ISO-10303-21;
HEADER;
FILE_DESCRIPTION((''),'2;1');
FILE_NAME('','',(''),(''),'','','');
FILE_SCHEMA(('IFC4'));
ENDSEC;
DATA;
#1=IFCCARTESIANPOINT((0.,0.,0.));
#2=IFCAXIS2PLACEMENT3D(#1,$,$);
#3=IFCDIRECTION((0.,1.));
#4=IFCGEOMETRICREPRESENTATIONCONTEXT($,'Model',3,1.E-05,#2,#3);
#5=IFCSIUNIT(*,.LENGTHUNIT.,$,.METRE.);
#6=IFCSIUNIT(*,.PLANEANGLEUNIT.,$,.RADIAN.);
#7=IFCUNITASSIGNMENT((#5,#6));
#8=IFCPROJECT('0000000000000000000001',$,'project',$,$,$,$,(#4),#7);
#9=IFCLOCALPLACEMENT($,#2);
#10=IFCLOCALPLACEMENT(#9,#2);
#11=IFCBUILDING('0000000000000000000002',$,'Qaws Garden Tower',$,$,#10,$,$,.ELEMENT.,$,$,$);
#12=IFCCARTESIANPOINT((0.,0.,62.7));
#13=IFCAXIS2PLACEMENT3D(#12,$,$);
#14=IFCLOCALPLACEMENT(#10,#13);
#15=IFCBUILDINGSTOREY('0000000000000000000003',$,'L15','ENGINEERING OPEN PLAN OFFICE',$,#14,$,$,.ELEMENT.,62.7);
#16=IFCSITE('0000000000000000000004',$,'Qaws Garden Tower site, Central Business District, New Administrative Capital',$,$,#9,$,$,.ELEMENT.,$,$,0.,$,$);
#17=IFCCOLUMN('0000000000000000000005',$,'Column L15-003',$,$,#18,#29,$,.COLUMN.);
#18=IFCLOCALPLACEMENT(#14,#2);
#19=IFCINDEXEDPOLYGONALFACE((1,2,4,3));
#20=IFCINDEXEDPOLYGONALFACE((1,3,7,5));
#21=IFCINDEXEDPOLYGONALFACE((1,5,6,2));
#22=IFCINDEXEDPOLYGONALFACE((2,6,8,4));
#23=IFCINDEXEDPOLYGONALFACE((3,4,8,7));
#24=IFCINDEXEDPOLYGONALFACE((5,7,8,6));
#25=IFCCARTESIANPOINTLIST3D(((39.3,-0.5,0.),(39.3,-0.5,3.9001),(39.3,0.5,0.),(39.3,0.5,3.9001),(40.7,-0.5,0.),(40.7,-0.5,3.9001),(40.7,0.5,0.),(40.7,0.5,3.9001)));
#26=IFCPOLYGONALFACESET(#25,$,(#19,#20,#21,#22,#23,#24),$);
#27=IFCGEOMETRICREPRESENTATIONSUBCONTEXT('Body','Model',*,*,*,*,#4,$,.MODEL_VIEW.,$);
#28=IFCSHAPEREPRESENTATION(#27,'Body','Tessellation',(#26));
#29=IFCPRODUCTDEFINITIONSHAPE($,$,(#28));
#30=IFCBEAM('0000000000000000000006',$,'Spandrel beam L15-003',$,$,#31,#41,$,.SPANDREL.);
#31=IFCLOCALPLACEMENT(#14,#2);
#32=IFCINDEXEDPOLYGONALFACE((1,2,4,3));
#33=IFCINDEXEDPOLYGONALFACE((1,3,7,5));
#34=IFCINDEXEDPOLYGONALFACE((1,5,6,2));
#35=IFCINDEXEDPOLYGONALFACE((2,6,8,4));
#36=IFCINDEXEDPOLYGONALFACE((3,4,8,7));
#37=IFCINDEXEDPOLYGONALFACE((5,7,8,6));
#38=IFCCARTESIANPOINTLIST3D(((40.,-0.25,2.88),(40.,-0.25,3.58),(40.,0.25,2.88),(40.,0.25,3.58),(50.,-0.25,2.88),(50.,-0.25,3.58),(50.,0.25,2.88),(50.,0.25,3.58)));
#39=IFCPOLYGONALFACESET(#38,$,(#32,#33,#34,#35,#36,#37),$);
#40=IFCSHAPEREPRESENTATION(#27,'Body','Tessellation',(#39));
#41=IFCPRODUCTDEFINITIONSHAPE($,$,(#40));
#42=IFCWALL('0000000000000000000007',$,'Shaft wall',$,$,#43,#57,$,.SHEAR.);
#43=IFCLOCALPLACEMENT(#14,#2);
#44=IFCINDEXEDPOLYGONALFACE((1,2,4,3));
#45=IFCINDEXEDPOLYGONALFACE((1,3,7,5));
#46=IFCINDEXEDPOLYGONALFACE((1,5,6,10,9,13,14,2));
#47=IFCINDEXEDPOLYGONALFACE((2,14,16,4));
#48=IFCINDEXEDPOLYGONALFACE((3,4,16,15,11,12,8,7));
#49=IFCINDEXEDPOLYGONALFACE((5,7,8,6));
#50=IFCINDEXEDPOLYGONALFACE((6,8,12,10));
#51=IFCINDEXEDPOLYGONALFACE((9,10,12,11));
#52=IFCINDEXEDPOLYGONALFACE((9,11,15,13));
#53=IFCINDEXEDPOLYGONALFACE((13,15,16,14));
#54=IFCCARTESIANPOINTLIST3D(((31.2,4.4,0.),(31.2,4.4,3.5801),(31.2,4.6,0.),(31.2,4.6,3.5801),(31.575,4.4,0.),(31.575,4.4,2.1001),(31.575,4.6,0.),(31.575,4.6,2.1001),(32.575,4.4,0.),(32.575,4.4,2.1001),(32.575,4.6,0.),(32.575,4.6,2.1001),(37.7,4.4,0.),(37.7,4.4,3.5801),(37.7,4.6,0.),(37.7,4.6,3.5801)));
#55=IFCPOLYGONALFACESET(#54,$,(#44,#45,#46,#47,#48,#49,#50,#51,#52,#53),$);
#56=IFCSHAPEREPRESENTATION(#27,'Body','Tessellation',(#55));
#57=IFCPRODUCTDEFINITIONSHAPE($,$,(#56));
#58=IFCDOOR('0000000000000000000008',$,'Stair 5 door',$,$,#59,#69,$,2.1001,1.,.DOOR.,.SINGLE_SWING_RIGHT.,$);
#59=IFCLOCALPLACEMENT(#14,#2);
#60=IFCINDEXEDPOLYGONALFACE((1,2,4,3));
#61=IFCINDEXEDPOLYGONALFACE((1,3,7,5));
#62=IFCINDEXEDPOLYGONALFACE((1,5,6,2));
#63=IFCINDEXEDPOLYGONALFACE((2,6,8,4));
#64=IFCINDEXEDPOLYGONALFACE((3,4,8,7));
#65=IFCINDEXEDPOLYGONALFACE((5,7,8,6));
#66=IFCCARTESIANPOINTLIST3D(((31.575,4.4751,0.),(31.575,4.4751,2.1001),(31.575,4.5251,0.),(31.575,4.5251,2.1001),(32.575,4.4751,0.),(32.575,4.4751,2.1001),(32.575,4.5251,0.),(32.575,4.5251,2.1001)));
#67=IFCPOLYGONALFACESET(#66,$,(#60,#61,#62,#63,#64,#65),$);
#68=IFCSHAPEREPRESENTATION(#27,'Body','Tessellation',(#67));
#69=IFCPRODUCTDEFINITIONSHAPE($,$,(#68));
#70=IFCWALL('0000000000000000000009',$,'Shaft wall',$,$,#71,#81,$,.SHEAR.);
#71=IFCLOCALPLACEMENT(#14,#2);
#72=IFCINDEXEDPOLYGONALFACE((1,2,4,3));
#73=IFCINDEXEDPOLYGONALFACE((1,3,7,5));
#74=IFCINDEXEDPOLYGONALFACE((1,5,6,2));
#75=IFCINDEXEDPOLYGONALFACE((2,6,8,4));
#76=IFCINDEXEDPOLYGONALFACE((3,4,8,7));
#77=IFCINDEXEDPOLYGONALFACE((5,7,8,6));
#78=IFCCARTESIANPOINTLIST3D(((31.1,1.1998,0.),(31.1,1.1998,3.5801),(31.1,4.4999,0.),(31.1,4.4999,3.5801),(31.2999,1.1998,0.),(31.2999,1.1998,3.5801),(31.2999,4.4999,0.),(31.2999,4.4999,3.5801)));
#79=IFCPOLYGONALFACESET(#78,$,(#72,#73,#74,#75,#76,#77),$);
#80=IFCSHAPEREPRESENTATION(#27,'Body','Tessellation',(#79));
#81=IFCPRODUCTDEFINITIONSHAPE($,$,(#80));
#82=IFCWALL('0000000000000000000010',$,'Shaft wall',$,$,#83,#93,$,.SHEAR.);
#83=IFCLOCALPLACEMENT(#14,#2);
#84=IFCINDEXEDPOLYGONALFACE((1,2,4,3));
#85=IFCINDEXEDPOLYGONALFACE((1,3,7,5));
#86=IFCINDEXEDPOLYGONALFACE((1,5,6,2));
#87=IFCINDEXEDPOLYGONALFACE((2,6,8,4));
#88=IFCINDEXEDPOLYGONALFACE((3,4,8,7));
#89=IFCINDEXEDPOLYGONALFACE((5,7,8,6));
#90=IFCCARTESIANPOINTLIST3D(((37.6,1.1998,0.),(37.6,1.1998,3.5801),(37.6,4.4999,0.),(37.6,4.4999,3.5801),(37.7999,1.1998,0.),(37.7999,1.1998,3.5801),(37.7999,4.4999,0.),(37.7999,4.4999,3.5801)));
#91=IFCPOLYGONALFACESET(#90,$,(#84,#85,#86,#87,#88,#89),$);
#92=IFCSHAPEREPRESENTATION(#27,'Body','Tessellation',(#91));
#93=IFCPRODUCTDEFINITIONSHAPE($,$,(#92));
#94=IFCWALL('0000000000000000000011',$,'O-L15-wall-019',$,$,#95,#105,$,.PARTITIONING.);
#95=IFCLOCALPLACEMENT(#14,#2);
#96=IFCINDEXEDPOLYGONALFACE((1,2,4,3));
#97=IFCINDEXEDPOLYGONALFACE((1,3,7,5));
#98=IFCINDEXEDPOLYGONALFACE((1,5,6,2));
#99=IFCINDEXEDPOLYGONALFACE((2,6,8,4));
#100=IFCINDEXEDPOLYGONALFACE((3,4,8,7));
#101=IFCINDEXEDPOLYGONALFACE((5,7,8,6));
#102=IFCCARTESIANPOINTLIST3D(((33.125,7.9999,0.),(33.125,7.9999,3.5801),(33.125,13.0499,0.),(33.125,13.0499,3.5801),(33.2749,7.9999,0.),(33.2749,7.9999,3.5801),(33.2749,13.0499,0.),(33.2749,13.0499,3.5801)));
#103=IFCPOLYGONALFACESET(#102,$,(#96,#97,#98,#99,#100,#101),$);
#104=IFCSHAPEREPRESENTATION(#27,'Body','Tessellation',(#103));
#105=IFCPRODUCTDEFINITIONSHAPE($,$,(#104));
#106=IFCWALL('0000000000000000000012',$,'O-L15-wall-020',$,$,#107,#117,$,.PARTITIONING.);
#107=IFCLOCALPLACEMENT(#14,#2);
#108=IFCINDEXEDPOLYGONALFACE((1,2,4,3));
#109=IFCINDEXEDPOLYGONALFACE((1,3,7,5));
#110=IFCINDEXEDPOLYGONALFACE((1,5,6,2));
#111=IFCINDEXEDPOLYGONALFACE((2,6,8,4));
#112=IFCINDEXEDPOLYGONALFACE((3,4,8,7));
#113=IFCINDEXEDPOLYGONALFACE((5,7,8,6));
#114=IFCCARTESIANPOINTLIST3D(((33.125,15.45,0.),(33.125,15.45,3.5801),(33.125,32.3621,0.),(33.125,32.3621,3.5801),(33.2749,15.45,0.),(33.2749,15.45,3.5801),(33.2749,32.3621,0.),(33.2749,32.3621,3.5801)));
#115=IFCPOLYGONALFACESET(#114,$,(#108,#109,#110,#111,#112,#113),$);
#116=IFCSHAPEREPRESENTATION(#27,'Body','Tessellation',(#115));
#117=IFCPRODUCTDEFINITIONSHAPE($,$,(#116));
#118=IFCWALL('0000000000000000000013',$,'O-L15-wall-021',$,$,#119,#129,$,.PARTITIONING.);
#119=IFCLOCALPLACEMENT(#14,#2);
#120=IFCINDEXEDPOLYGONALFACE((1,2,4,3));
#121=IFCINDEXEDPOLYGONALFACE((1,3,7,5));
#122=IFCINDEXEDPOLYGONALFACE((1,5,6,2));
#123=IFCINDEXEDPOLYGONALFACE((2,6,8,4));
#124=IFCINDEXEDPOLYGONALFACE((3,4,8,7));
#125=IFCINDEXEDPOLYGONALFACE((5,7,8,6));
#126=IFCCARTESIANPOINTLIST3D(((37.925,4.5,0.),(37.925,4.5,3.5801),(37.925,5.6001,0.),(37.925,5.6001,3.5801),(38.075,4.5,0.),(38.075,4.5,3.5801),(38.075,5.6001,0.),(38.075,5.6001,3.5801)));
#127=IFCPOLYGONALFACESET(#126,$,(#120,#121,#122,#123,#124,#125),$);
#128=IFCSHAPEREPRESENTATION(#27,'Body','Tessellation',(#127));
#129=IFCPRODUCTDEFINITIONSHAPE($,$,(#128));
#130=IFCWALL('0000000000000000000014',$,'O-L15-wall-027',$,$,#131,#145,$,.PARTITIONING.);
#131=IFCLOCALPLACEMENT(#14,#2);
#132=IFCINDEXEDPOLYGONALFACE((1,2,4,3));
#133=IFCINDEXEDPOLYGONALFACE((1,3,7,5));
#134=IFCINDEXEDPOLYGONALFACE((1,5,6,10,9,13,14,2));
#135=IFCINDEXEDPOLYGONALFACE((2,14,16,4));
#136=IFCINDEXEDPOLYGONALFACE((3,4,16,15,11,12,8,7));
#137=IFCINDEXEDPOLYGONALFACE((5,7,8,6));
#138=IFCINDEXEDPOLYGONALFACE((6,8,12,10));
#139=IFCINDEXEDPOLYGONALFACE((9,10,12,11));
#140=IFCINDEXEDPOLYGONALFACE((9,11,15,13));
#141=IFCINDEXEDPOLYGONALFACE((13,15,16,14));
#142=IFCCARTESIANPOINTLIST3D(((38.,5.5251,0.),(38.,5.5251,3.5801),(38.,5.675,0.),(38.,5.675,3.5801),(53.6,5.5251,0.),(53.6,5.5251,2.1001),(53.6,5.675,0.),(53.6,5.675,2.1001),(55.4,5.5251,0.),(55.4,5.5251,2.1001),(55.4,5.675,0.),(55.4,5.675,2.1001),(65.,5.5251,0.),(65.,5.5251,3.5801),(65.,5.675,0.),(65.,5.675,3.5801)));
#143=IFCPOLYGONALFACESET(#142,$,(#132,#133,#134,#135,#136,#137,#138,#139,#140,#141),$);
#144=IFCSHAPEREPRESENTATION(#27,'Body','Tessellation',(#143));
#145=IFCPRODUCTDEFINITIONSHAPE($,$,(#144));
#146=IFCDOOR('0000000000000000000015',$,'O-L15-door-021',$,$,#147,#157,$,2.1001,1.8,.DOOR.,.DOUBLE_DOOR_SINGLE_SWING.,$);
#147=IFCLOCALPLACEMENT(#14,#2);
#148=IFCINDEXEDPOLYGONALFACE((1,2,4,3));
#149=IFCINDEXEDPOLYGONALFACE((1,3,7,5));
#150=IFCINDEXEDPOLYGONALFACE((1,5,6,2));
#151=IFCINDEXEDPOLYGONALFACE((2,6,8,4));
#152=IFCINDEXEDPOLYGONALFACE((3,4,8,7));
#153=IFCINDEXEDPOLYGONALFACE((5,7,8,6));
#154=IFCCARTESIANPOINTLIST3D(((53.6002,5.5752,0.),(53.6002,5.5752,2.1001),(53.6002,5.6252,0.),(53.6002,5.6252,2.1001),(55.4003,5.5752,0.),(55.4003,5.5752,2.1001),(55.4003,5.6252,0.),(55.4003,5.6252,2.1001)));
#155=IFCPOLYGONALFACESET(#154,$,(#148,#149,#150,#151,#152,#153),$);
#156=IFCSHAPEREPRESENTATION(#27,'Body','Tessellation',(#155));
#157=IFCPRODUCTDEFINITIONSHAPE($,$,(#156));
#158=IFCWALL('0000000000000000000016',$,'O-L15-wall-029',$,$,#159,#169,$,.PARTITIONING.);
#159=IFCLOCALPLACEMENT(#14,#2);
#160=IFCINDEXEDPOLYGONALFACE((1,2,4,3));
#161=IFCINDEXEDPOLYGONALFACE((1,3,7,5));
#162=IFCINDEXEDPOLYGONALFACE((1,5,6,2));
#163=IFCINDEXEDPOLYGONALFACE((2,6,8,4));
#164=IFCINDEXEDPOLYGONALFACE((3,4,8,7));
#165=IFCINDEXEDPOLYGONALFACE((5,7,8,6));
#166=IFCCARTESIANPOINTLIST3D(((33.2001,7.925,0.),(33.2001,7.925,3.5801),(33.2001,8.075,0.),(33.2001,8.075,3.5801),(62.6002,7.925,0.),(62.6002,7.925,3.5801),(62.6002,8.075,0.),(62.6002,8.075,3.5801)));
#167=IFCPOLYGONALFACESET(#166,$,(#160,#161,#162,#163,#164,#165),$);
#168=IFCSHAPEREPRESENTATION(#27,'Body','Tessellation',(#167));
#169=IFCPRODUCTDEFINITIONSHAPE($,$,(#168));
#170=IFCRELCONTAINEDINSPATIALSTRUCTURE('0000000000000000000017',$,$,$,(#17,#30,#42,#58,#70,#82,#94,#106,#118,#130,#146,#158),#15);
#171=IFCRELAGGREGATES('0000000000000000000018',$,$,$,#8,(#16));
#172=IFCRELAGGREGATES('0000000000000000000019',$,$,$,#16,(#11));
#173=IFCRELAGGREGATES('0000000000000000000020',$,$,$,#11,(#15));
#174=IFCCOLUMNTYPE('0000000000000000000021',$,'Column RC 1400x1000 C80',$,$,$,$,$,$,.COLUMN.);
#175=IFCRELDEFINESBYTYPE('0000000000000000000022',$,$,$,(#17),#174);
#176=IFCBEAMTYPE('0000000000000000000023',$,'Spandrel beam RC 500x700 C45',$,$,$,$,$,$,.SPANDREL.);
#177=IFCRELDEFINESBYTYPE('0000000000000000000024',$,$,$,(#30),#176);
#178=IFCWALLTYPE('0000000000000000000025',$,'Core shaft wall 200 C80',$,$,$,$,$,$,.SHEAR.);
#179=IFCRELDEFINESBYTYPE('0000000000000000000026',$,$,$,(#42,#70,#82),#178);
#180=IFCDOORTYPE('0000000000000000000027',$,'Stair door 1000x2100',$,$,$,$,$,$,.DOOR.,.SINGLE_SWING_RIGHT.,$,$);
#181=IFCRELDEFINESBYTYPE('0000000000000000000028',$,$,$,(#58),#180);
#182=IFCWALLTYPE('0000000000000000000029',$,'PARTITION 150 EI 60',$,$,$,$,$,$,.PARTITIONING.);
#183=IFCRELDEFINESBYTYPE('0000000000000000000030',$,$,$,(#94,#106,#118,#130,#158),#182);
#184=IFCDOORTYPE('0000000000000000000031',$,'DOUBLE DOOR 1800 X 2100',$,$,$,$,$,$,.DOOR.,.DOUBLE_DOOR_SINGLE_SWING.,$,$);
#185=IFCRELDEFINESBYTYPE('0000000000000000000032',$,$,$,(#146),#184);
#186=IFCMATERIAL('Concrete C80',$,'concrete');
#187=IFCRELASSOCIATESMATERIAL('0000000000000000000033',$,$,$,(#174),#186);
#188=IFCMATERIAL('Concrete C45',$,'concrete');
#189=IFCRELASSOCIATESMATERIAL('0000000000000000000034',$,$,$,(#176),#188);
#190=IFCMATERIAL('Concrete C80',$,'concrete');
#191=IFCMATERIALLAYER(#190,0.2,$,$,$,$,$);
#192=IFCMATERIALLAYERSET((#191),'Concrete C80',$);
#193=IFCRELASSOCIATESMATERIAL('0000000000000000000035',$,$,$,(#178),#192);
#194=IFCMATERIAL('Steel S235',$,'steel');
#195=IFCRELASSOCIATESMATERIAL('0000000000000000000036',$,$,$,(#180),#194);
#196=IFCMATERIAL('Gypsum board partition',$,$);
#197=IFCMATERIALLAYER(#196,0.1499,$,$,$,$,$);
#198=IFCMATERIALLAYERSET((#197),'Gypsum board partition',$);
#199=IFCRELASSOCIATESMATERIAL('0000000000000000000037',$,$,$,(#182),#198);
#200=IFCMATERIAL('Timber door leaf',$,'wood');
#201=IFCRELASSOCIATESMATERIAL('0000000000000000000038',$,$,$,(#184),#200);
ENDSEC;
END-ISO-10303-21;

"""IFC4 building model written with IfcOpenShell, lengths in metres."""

from ifc_helpers import new_model, si_unit, direction, frame, frame_2d, origin, origin_2d, place, context, subcontext, project, spatial, rectangle, extrude, material, layer, layer_set, material_profile, profile_set, type_object, element, fill, save


model = new_model("IFC4")

# Units and contexts
model_context = context("Model", 3, precision=1e-05, world=origin(), true_north=direction((0.0, 1.0)))
body_context = subcontext(model_context, "Body", "Model", "MODEL_VIEW")
ifc_project = project(units=[si_unit("LENGTHUNIT", "METRE"), si_unit("PLANEANGLEUNIT", "RADIAN")], contexts=[model_context])

# Site, building, storey
site_placement = place(None, origin())
site = spatial("IfcSite", under=ifc_project, at=site_placement, Name="Qaws Garden Tower site, Central Business District, New Administrative Capital", CompositionType="ELEMENT", RefElevation=0.0)
building_placement = place(site_placement, origin())
building = spatial("IfcBuilding", under=site, at=building_placement, Name="Qaws Garden Tower", CompositionType="ELEMENT")
storey_placement = place(building_placement, frame((0.0, 0.0, 62.7)))
storey = spatial("IfcBuildingStorey", under=building, at=storey_placement, Name="L15", Description="ENGINEERING OPEN PLAN OFFICE", CompositionType="ELEMENT", Elevation=62.7)

# Column
ifc_material_1 = material(Name="Concrete C80", Category="concrete")
ifc_material_profile_1 = material_profile(ifc_material_1, rectangle(XDim=1.3999, YDim=1.0, at=origin_2d()), Name="RC 1400x1000")
ifc_profile_set_1 = profile_set([ifc_material_profile_1], Name="Concrete C80")
column_type = type_object("IfcColumnType", Name="Column RC 1400x1000 C80", PredefinedType="COLUMN", material=ifc_profile_set_1)
column_placement = place(storey_placement, frame((40.0, 0.0, 0.0), z_axis=(0.0, 0.0, 1.0), x_axis=(1.0, 0.0, 0.0)))
element("IfcColumn", 1, at=column_placement, inside=storey, type_object=column_type, Name="Column L15-003", PredefinedType="COLUMN", context=body_context, shape_type="SweptSolid", body=[
    extrude(rectangle(XDim=1.3999, YDim=1.0, at=origin_2d()), origin(), (0.0, 0.0, 1.0), 3.9001),
])

# Beam
ifc_material_2 = material(Name="Concrete C45", Category="concrete")
ifc_material_profile_2 = material_profile(ifc_material_2, rectangle(XDim=0.5, YDim=0.7, at=origin_2d()), Name="RC 500x700")
ifc_profile_set_2 = profile_set([ifc_material_profile_2], Name="Concrete C45")
beam_type = type_object("IfcBeamType", Name="Spandrel beam RC 500x700 C45", PredefinedType="SPANDREL", material=ifc_profile_set_2)
beam_placement = place(storey_placement, frame((40.0, 0.0, 3.23), z_axis=(1.0, 0.0, 0.0), x_axis=(0.0, 1.0, 0.0)))
element("IfcBeam", 2, at=beam_placement, inside=storey, type_object=beam_type, Name="Spandrel beam L15-003", PredefinedType="SPANDREL", context=body_context, shape_type="SweptSolid", body=[
    extrude(rectangle(XDim=0.5, YDim=0.7, at=origin_2d()), origin(), (0.0, 0.0, 1.0), 10.0),
])

# Wall, opening, door
ifc_material_3 = material(Name="Concrete C80", Category="concrete")
ifc_layer_1 = layer(ifc_material_3, 0.2)
ifc_layer_set_1 = layer_set([ifc_layer_1], Name="Concrete C80")
wall_type_1 = type_object("IfcWallType", Name="Core shaft wall 200 C80", PredefinedType="SHEAR", material=ifc_layer_set_1)
wall_1_placement = place(storey_placement, frame((31.2, 4.5, 0.0), z_axis=(0.0, 0.0, 1.0), x_axis=(1.0, 0.0, 0.0)))
wall_1 = element("IfcWall", 3, at=wall_1_placement, inside=storey, type_object=wall_type_1, Name="Shaft wall", PredefinedType="SHEAR", context=body_context, shape_type="SweptSolid", body=[
    extrude(rectangle(XDim=6.5, YDim=0.2, at=frame_2d((3.25, 0.0))), origin(), (0.0, 0.0, 1.0), 3.5801),
])
opening_1_placement = place(wall_1_placement, frame((0.375, 0.0, 0.0)))
opening_1 = element("IfcOpeningElement", 4, at=opening_1_placement, cuts=wall_1, PredefinedType="OPENING", context=body_context, shape_type="SweptSolid", body=[
    extrude(rectangle(XDim=1.0, YDim=2.1001, at=frame_2d((0.5, 1.05))), frame((0.0, 0.1099, 0.0), z_axis=(0.0, -1.0, 0.0), x_axis=(1.0, 0.0, 0.0)), (0.0, 0.0, 1.0), 0.22),
])
ifc_material_4 = material(Name="Steel S235", Category="steel")
door_type_1 = type_object("IfcDoorType", Name="Stair door 1000x2100", OperationType="SINGLE_SWING_RIGHT", PredefinedType="DOOR", material=ifc_material_4)
door_1_placement = place(opening_1_placement, frame((1.0, 0.0, 0.0), z_axis=(0.0, 0.0, 1.0), x_axis=(-1.0, 0.0, 0.0)))
door_1 = element("IfcDoor", 5, at=door_1_placement, inside=storey, type_object=door_type_1, Name="Stair 5 door", OperationType="SINGLE_SWING_RIGHT", OverallHeight=2.1001, OverallWidth=1.0, PredefinedType="DOOR", context=body_context, shape_type="SweptSolid", body=[
    extrude(rectangle(XDim=1.0, YDim=2.1001, at=frame_2d((0.5, 1.05))), frame((0.0, 0.0249, 0.0), z_axis=(0.0, -1.0, 0.0), x_axis=(1.0, 0.0, 0.0)), (0.0, 0.0, 1.0), 0.05),
])
fill(opening_1, door_1)

# Walls
for number, where, z_axis, x_axis, name in (
    (6, (31.2, 1.2, 0.0), (0.0, 0.0, 1.0), (0.0, 1.0, 0.0), "Shaft wall"),
    (7, (37.7, 1.2, 0.0), (0.0, 0.0, 1.0), (0.0, 1.0, 0.0), "Shaft wall"),
):
    element("IfcWall", number, at=place(storey_placement, frame(where, z_axis=z_axis, x_axis=x_axis)), inside=storey, type_object=wall_type_1, Name=name, PredefinedType="SHEAR", context=body_context, shape_type="SweptSolid", body=[
        extrude(rectangle(XDim=3.3, YDim=0.2, at=frame_2d((1.6499, 0.0))), origin(), (0.0, 0.0, 1.0), 3.5801),
    ])
ifc_material_5 = material(Name="Gypsum board partition")
ifc_layer_2 = layer(ifc_material_5, 0.1499)
ifc_layer_set_2 = layer_set([ifc_layer_2], Name="Gypsum board partition")
wall_type_2 = type_object("IfcWallType", Name="PARTITION 150 EI 60", PredefinedType="PARTITIONING", material=ifc_layer_set_2)
wall_2_placement = place(storey_placement, frame((33.2, 8.0, 0.0), z_axis=(0.0, 0.0, 1.0), x_axis=(0.0, 1.0, 0.0)))
element("IfcWall", 8, at=wall_2_placement, inside=storey, type_object=wall_type_2, Name="O-L15-wall-019", PredefinedType="PARTITIONING", context=body_context, shape_type="SweptSolid", body=[
    extrude(rectangle(XDim=5.05, YDim=0.1499, at=frame_2d((2.5249, 0.0))), origin(), (0.0, 0.0, 1.0), 3.5801),
])
wall_3_placement = place(storey_placement, frame((33.2, 15.45, 0.0), z_axis=(0.0, 0.0, 1.0), x_axis=(0.0, 1.0, 0.0)))
element("IfcWall", 9, at=wall_3_placement, inside=storey, type_object=wall_type_2, Name="O-L15-wall-020", PredefinedType="PARTITIONING", context=body_context, shape_type="SweptSolid", body=[
    extrude(rectangle(XDim=16.9121, YDim=0.1499, at=frame_2d((8.4561, 0.0))), origin(), (0.0, 0.0, 1.0), 3.5801),
])
wall_4_placement = place(storey_placement, frame((38.0, 4.5, 0.0), z_axis=(0.0, 0.0, 1.0), x_axis=(0.0, 1.0, 0.0)))
element("IfcWall", 10, at=wall_4_placement, inside=storey, type_object=wall_type_2, Name="O-L15-wall-021", PredefinedType="PARTITIONING", context=body_context, shape_type="SweptSolid", body=[
    extrude(rectangle(XDim=1.1001, YDim=0.1499, at=frame_2d((0.55, 0.0))), origin(), (0.0, 0.0, 1.0), 3.5801),
])

# Wall, opening, door
wall_5_placement = place(storey_placement, frame((38.0, 5.6001, 0.0), z_axis=(0.0, 0.0, 1.0), x_axis=(1.0, 0.0, 0.0)))
wall_5 = element("IfcWall", 11, at=wall_5_placement, inside=storey, type_object=wall_type_2, Name="O-L15-wall-027", PredefinedType="PARTITIONING", context=body_context, shape_type="SweptSolid", body=[
    extrude(rectangle(XDim=27.0, YDim=0.1499, at=frame_2d((13.5, 0.0))), origin(), (0.0, 0.0, 1.0), 3.5801),
])
opening_2_placement = place(wall_5_placement, frame((15.6001, 0.0, 0.0)))
opening_2 = element("IfcOpeningElement", 12, at=opening_2_placement, cuts=wall_5, PredefinedType="OPENING", context=body_context, shape_type="SweptSolid", body=[
    extrude(rectangle(XDim=1.8, YDim=2.1001, at=frame_2d((0.8999, 1.05))), frame((0.0, 0.085, 0.0), z_axis=(0.0, -1.0, 0.0), x_axis=(1.0, 0.0, 0.0)), (0.0, 0.0, 1.0), 0.1699),
])
ifc_material_6 = material(Name="Timber door leaf", Category="wood")
door_type_2 = type_object("IfcDoorType", Name="DOUBLE DOOR 1800 X 2100", OperationType="DOUBLE_DOOR_SINGLE_SWING", PredefinedType="DOOR", material=ifc_material_6)
door_2_placement = place(opening_2_placement, frame((1.8, 0.0, 0.0), z_axis=(0.0, 0.0, 1.0), x_axis=(-1.0, 0.0, 0.0)))
door_2 = element("IfcDoor", 13, at=door_2_placement, inside=storey, type_object=door_type_2, Name="O-L15-door-021", OperationType="DOUBLE_DOOR_SINGLE_SWING", OverallHeight=2.1001, OverallWidth=1.8, PredefinedType="DOOR", context=body_context, shape_type="SweptSolid", body=[
    extrude(rectangle(XDim=1.8, YDim=2.1001, at=frame_2d((0.8999, 1.05))), frame((0.0, 0.0249, 0.0), z_axis=(0.0, -1.0, 0.0), x_axis=(1.0, 0.0, 0.0)), (0.0, 0.0, 1.0), 0.05),
])
fill(opening_2, door_2)

# Wall
wall_6_placement = place(storey_placement, frame((33.2, 8.0, 0.0), z_axis=(0.0, 0.0, 1.0), x_axis=(1.0, 0.0, 0.0)))
element("IfcWall", 14, at=wall_6_placement, inside=storey, type_object=wall_type_2, Name="O-L15-wall-029", PredefinedType="PARTITIONING", context=body_context, shape_type="SweptSolid", body=[
    extrude(rectangle(XDim=29.4001, YDim=0.1499, at=frame_2d((14.7002, 0.0))), origin(), (0.0, 0.0, 1.0), 3.5801),
])

save(model, "model.ifc")
